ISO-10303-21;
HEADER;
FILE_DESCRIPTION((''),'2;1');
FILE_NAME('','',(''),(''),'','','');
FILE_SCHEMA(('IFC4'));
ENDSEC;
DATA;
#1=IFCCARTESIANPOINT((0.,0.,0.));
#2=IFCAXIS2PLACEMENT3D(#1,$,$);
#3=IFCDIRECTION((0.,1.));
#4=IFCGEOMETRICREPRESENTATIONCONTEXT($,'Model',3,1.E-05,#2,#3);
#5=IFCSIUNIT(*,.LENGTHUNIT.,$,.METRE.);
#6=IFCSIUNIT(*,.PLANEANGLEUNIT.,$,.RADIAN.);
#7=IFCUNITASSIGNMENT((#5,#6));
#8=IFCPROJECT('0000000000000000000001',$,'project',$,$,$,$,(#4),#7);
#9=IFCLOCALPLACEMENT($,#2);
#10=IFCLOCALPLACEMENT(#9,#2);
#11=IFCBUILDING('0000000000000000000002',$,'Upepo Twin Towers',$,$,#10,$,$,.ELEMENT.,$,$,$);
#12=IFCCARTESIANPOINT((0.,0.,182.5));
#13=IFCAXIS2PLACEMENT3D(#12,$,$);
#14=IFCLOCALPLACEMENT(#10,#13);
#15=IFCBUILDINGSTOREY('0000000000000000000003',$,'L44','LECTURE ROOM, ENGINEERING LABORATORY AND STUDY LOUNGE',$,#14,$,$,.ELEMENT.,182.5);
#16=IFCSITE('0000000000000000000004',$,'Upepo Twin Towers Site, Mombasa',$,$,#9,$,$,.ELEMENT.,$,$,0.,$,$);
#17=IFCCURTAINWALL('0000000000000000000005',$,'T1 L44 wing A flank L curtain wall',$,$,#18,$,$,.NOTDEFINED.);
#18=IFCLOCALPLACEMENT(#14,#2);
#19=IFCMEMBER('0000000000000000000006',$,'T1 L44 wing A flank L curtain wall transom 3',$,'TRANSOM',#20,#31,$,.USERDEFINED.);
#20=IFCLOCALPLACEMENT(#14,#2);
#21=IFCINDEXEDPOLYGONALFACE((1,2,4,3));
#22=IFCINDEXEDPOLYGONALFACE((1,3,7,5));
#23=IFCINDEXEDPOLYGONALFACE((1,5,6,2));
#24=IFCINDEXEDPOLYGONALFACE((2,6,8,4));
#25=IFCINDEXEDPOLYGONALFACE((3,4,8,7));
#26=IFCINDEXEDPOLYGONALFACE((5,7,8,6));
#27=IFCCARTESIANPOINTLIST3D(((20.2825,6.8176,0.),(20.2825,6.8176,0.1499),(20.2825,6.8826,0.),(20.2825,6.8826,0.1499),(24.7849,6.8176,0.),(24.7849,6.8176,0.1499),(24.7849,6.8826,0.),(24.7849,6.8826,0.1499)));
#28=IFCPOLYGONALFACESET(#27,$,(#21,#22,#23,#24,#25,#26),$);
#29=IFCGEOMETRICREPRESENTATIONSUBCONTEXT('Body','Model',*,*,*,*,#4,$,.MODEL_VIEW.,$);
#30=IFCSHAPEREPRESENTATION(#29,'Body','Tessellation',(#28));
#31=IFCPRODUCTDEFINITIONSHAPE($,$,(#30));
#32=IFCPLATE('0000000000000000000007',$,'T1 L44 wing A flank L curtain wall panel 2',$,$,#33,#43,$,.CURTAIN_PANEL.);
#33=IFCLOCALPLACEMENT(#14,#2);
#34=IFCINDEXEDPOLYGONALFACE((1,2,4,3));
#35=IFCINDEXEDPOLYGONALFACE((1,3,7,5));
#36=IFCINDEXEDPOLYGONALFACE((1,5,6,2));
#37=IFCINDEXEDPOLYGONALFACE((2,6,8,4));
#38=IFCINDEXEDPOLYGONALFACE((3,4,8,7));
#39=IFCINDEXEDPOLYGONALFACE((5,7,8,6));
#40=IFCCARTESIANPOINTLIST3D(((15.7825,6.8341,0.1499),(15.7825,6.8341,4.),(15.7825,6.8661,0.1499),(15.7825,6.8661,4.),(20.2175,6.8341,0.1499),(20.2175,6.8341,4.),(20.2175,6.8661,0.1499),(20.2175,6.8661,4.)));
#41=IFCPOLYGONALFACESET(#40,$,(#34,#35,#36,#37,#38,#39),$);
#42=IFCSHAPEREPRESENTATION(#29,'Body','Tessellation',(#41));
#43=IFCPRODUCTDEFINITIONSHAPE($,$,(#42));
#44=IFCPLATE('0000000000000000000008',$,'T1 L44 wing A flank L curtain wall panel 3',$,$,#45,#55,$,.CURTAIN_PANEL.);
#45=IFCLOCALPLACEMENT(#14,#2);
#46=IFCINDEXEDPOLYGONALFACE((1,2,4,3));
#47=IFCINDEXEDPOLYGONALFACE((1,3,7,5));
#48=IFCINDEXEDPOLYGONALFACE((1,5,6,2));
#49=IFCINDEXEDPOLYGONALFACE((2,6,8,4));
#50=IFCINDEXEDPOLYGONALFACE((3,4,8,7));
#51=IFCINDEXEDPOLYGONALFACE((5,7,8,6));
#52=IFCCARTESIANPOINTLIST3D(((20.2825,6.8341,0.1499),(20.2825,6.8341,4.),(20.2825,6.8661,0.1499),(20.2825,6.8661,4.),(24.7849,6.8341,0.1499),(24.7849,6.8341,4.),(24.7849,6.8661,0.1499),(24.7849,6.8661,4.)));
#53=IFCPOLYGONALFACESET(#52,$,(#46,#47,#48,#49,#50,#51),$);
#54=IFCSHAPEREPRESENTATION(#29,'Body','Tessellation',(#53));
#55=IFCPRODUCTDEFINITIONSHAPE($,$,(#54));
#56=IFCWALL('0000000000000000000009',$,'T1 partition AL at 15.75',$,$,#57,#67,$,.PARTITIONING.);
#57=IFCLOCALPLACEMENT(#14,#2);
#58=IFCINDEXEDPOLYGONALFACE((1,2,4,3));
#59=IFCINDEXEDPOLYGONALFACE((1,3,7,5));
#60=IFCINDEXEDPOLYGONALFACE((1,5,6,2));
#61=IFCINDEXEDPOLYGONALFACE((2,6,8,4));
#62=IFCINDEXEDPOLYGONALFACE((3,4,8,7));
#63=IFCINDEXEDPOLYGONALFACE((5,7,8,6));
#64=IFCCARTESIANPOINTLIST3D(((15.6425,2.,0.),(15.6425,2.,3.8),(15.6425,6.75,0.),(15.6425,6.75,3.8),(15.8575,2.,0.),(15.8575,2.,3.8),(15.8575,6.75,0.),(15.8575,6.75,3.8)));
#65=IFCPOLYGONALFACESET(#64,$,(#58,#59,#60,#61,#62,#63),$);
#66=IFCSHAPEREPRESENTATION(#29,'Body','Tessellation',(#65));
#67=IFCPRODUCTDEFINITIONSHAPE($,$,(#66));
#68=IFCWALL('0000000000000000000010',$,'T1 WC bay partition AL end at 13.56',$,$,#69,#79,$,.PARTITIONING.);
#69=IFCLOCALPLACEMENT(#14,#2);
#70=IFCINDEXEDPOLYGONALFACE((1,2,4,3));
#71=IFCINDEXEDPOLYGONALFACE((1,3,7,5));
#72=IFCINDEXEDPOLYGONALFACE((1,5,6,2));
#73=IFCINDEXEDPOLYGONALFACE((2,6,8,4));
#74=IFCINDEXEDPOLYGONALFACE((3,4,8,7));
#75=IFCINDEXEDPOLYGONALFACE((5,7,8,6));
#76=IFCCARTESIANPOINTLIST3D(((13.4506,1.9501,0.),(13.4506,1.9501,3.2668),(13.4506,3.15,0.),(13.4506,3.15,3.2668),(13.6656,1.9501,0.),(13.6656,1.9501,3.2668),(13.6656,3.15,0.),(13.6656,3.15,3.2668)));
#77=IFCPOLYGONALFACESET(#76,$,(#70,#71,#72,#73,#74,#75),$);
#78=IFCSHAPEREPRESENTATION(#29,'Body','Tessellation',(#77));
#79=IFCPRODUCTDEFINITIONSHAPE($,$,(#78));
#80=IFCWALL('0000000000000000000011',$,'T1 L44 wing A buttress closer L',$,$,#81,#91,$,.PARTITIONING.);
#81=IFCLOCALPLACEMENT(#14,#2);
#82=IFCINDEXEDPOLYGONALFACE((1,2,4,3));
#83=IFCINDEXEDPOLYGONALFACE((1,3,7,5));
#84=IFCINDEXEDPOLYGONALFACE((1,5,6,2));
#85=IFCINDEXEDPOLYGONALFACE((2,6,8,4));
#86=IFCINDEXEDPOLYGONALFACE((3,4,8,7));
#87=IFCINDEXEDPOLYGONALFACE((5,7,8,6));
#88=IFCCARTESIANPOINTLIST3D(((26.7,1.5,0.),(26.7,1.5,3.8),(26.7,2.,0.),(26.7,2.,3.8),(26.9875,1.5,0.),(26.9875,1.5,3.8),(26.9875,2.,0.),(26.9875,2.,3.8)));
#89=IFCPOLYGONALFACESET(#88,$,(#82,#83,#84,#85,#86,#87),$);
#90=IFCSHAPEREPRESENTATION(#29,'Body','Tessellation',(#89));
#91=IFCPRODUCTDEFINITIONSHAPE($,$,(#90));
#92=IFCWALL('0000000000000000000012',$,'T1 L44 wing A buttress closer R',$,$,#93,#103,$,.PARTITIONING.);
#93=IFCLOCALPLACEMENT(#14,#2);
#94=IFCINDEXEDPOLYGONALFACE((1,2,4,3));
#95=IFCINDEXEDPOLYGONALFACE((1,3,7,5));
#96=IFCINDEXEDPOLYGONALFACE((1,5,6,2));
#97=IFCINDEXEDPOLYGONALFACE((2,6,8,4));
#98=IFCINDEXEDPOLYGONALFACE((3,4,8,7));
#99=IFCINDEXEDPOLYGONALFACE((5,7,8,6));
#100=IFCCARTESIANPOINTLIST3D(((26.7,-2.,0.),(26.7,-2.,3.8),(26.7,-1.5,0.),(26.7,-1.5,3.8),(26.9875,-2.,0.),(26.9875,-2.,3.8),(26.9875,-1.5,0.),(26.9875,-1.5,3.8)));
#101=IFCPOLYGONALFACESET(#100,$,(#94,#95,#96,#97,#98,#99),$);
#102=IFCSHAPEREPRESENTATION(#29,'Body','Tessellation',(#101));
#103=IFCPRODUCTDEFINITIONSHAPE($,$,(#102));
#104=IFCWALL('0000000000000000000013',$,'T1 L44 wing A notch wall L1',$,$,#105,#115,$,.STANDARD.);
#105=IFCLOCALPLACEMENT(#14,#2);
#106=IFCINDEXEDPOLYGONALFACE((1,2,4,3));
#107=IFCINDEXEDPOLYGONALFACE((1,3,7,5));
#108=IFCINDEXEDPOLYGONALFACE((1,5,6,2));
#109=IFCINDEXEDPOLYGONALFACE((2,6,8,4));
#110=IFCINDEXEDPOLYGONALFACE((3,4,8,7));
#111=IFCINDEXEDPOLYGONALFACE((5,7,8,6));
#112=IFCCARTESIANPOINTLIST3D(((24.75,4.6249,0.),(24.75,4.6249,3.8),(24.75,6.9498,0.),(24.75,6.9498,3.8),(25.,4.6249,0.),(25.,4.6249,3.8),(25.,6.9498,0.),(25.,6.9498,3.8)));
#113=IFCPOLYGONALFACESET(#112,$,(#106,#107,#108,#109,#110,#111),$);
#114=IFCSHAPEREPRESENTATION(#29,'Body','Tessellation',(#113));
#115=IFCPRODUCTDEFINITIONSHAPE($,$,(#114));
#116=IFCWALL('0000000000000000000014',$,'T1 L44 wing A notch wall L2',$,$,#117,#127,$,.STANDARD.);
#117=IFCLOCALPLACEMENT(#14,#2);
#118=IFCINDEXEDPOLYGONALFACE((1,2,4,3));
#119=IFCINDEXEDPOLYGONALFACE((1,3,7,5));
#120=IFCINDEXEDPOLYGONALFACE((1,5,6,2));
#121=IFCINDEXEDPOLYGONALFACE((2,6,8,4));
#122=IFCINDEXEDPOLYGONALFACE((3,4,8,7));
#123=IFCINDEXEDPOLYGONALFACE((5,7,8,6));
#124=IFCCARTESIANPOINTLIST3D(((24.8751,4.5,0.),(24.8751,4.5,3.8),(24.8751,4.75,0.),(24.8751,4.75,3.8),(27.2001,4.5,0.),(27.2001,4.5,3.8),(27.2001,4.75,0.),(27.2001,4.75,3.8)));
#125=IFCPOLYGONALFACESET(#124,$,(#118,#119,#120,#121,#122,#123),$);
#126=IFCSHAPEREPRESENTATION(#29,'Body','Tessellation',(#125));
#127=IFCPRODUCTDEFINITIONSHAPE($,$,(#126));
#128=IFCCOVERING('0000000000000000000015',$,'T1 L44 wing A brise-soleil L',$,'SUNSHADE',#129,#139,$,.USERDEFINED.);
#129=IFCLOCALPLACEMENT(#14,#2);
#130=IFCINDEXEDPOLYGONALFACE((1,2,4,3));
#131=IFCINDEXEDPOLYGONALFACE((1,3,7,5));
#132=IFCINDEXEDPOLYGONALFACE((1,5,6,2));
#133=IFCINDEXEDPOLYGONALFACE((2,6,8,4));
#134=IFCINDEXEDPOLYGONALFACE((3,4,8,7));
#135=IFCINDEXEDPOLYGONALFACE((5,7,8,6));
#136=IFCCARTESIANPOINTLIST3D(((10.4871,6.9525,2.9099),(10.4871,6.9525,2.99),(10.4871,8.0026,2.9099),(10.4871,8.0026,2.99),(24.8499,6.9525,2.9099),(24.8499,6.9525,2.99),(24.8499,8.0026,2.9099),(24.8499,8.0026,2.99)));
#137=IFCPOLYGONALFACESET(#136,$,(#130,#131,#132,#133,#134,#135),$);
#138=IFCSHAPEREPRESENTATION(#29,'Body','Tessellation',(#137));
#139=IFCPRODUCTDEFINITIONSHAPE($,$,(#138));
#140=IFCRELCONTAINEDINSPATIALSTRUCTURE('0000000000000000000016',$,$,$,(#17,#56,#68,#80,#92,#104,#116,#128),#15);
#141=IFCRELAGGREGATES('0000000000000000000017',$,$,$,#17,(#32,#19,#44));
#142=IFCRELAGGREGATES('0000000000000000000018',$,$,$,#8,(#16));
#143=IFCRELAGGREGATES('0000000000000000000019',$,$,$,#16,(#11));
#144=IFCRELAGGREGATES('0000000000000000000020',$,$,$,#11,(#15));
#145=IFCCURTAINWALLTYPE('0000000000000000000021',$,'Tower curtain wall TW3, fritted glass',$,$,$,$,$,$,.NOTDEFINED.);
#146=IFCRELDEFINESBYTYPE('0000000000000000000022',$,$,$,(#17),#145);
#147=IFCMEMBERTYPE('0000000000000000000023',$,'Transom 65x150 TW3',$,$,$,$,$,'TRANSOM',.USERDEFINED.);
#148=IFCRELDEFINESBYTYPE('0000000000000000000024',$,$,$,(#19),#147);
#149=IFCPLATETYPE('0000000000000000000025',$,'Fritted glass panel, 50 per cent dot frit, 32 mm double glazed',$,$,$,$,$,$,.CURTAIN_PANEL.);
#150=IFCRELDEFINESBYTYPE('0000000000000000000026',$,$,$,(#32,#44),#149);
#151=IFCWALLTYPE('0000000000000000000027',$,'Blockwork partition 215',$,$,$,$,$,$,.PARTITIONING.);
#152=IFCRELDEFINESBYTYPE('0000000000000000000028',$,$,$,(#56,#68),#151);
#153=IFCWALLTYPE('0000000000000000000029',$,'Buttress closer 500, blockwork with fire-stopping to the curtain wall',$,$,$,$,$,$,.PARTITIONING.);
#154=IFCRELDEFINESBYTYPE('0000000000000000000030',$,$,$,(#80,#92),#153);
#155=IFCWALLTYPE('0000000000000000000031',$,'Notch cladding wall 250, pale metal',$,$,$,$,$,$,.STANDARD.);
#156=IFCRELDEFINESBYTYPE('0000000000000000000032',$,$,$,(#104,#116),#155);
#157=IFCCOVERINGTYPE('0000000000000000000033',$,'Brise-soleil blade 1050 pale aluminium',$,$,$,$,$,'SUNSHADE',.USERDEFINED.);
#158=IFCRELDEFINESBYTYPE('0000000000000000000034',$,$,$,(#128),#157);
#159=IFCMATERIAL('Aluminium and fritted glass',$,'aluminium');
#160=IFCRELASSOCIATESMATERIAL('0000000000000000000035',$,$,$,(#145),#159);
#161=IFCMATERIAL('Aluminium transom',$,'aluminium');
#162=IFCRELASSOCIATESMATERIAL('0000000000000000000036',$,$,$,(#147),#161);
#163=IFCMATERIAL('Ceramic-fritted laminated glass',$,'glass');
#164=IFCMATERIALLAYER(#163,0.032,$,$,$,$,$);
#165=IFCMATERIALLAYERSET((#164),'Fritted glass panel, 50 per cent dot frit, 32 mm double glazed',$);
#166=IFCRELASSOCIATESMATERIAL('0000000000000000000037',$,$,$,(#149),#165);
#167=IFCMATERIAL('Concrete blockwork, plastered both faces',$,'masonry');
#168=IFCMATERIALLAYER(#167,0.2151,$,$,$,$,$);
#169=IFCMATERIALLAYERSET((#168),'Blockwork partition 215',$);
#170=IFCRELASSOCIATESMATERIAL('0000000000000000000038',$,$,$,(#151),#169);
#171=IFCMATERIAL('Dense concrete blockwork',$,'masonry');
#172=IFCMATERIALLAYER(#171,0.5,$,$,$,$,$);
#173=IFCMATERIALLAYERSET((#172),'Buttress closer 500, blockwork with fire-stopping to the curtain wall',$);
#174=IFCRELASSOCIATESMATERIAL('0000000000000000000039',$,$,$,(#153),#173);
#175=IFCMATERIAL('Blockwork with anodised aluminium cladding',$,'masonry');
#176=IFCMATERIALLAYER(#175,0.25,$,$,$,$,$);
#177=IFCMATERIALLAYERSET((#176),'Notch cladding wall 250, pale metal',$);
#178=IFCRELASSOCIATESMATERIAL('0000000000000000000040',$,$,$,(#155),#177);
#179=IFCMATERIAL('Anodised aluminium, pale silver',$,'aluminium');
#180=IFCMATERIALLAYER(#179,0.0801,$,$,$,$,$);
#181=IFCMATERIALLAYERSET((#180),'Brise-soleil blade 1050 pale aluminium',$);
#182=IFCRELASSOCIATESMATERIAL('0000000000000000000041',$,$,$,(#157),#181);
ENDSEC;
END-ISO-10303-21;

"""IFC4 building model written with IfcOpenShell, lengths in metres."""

from ifc_helpers import new_model, si_unit, direction, frame, frame_2d, origin, origin_2d, place, context, subcontext, project, spatial, rectangle, extrude, material, layer, layer_set, material_profile, profile_set, type_object, element, aggregate, save


model = new_model("IFC4")

# Units and contexts
model_context = context("Model", 3, precision=1e-05, world=origin(), true_north=direction((0.0, 1.0)))
body_context = subcontext(model_context, "Body", "Model", "MODEL_VIEW")
ifc_project = project(units=[si_unit("LENGTHUNIT", "METRE"), si_unit("PLANEANGLEUNIT", "RADIAN")], contexts=[model_context])

# Site, building, storey
site_placement = place(None, origin())
site = spatial("IfcSite", under=ifc_project, at=site_placement, Name="Upepo Twin Towers Site, Mombasa", CompositionType="ELEMENT", RefElevation=0.0)
building_placement = place(site_placement, origin())
building = spatial("IfcBuilding", under=site, at=building_placement, Name="Upepo Twin Towers", CompositionType="ELEMENT")
storey_placement = place(building_placement, frame((0.0, 0.0, 182.5)))
storey = spatial("IfcBuildingStorey", under=building, at=storey_placement, Name="L44", Description="LECTURE ROOM, ENGINEERING LABORATORY AND STUDY LOUNGE", CompositionType="ELEMENT", Elevation=182.5)

# Curtain wall
ifc_material_1 = material(Name="Aluminium and fritted glass", Category="aluminium")
curtain_wall_type = type_object("IfcCurtainWallType", Name="Tower curtain wall TW3, fritted glass", PredefinedType="NOTDEFINED", material=ifc_material_1)
curtain_wall_1_placement = place(storey_placement, origin())
curtain_wall_1 = element("IfcCurtainWall", 1, at=curtain_wall_1_placement, inside=storey, type_object=curtain_wall_type, Name="T1 L44 wing A flank L curtain wall", PredefinedType="NOTDEFINED")

# Member
ifc_material_2 = material(Name="Aluminium transom", Category="aluminium")
ifc_material_profile_1 = material_profile(ifc_material_2, rectangle(XDim=0.0649, YDim=0.1499, at=origin_2d()), Name="TRANSOM 65x150")
ifc_profile_set_1 = profile_set([ifc_material_profile_1], Name="Aluminium transom")
member_type_1 = type_object("IfcMemberType", Name="Transom 65x150 TW3", ElementType="TRANSOM", PredefinedType="USERDEFINED", material=ifc_profile_set_1)
member_1_placement = place(storey_placement, frame((20.2825, 6.8501, 0.075), z_axis=(1.0, 0.0, 0.0), x_axis=(0.0, 1.0, 0.0)))
member_1 = element("IfcMember", 2, at=member_1_placement, type_object=member_type_1, Name="T1 L44 wing A flank L curtain wall transom 3", ObjectType="TRANSOM", PredefinedType="USERDEFINED", context=body_context, shape_type="SweptSolid", body=[
    extrude(rectangle(XDim=0.0649, YDim=0.1499, at=origin_2d()), origin(), (0.0, 0.0, 1.0), 4.5024),
])

# Plates
ifc_material_3 = material(Name="Ceramic-fritted laminated glass", Category="glass")
ifc_layer_1 = layer(ifc_material_3, 0.032)
ifc_layer_set_1 = layer_set([ifc_layer_1], Name="Fritted glass panel, 50 per cent dot frit, 32 mm double glazed")
plate_type = type_object("IfcPlateType", Name="Fritted glass panel, 50 per cent dot frit, 32 mm double glazed", PredefinedType="CURTAIN_PANEL", material=ifc_layer_set_1)
plate_1_placement = place(storey_placement, frame((18.0, 6.8501, 0.1499), z_axis=(0.0, 0.0, 1.0), x_axis=(1.0, 0.0, 0.0)))
plate_1 = element("IfcPlate", 3, at=plate_1_placement, type_object=plate_type, Name="T1 L44 wing A flank L curtain wall panel 2", PredefinedType="CURTAIN_PANEL", context=body_context, shape_type="SweptSolid", body=[
    extrude(rectangle(XDim=4.4351, YDim=0.032, at=origin_2d()), origin(), (0.0, 0.0, 1.0), 3.8501),
])
plate_2_placement = place(storey_placement, frame((22.5337, 6.8501, 0.1499), z_axis=(0.0, 0.0, 1.0), x_axis=(1.0, 0.0, 0.0)))
plate_2 = element("IfcPlate", 4, at=plate_2_placement, type_object=plate_type, Name="T1 L44 wing A flank L curtain wall panel 3", PredefinedType="CURTAIN_PANEL", context=body_context, shape_type="SweptSolid", body=[
    extrude(rectangle(XDim=4.5024, YDim=0.032, at=origin_2d()), origin(), (0.0, 0.0, 1.0), 3.8501),
])
aggregate(curtain_wall_1, [plate_1, member_1, plate_2])

# Walls
ifc_material_4 = material(Name="Concrete blockwork, plastered both faces", Category="masonry")
ifc_layer_2 = layer(ifc_material_4, 0.2151)
ifc_layer_set_2 = layer_set([ifc_layer_2], Name="Blockwork partition 215")
wall_type_1 = type_object("IfcWallType", Name="Blockwork partition 215", PredefinedType="PARTITIONING", material=ifc_layer_set_2)
wall_1_placement = place(storey_placement, frame((15.75, 2.0, 0.0), z_axis=(0.0, 0.0, 1.0), x_axis=(0.0, 1.0, 0.0)))
element("IfcWall", 5, at=wall_1_placement, inside=storey, type_object=wall_type_1, Name="T1 partition AL at 15.75", PredefinedType="PARTITIONING", context=body_context, shape_type="SweptSolid", body=[
    extrude(rectangle(XDim=4.75, YDim=0.2151, at=frame_2d((2.375, 0.0))), origin(), (0.0, 0.0, 1.0), 3.8),
])
wall_2_placement = place(storey_placement, frame((13.5581, 1.95, 0.0), z_axis=(0.0, 0.0, 1.0), x_axis=(0.0, 1.0, 0.0)))
element("IfcWall", 6, at=wall_2_placement, inside=storey, type_object=wall_type_1, Name="T1 WC bay partition AL end at 13.56", PredefinedType="PARTITIONING", context=body_context, shape_type="SweptSolid", body=[
    extrude(rectangle(XDim=1.2, YDim=0.2151, at=frame_2d((0.6001, 0.0))), origin(), (0.0, 0.0, 1.0), 3.2668),
])
ifc_material_5 = material(Name="Dense concrete blockwork", Category="masonry")
ifc_layer_3 = layer(ifc_material_5, 0.5)
ifc_layer_set_3 = layer_set([ifc_layer_3], Name="Buttress closer 500, blockwork with fire-stopping to the curtain wall")
wall_type_2 = type_object("IfcWallType", Name="Buttress closer 500, blockwork with fire-stopping to the curtain wall", PredefinedType="PARTITIONING", material=ifc_layer_set_3)
for number, where, z_axis, x_axis, name in (
    (7, (26.7, 1.75, 0.0), (0.0, 0.0, 1.0), (1.0, 0.0, 0.0), "T1 L44 wing A buttress closer L"),
    (8, (26.7, -1.75, 0.0), (0.0, 0.0, 1.0), (1.0, 0.0, 0.0), "T1 L44 wing A buttress closer R"),
):
    element("IfcWall", number, at=place(storey_placement, frame(where, z_axis=z_axis, x_axis=x_axis)), inside=storey, type_object=wall_type_2, Name=name, PredefinedType="PARTITIONING", context=body_context, shape_type="SweptSolid", body=[
        extrude(rectangle(XDim=0.2876, YDim=0.5, at=frame_2d((0.1438, 0.0))), origin(), (0.0, 0.0, 1.0), 3.8),
    ])
ifc_material_6 = material(Name="Blockwork with anodised aluminium cladding", Category="masonry")
ifc_layer_4 = layer(ifc_material_6, 0.25)
ifc_layer_set_4 = layer_set([ifc_layer_4], Name="Notch cladding wall 250, pale metal")
wall_type_3 = type_object("IfcWallType", Name="Notch cladding wall 250, pale metal", PredefinedType="STANDARD", material=ifc_layer_set_4)
for number, where, z_axis, x_axis, name in (
    (9, (24.875, 6.95, 0.0), (0.0, 0.0, 1.0), (0.0, -1.0, 0.0), "T1 L44 wing A notch wall L1"),
    (10, (24.875, 4.625, 0.0), (0.0, 0.0, 1.0), (1.0, 0.0, 0.0), "T1 L44 wing A notch wall L2"),
):
    element("IfcWall", number, at=place(storey_placement, frame(where, z_axis=z_axis, x_axis=x_axis)), inside=storey, type_object=wall_type_3, Name=name, PredefinedType="STANDARD", context=body_context, shape_type="SweptSolid", body=[
        extrude(rectangle(XDim=2.325, YDim=0.25, at=frame_2d((1.1626, 0.0))), origin(), (0.0, 0.0, 1.0), 3.8),
    ])

# Covering
ifc_material_7 = material(Name="Anodised aluminium, pale silver", Category="aluminium")
ifc_layer_5 = layer(ifc_material_7, 0.0801)
ifc_layer_set_5 = layer_set([ifc_layer_5], Name="Brise-soleil blade 1050 pale aluminium")
covering_type = type_object("IfcCoveringType", Name="Brise-soleil blade 1050 pale aluminium", ElementType="SUNSHADE", PredefinedType="USERDEFINED", material=ifc_layer_set_5)
covering_placement = place(storey_placement, frame((17.6685, 7.4775, 2.9099), z_axis=(0.0, 0.0, 1.0), x_axis=(1.0, 0.0, 0.0)))
element("IfcCovering", 11, at=covering_placement, inside=storey, type_object=covering_type, Name="T1 L44 wing A brise-soleil L", ObjectType="SUNSHADE", PredefinedType="USERDEFINED", context=body_context, shape_type="SweptSolid", body=[
    extrude(rectangle(XDim=14.3628, YDim=1.05, at=origin_2d()), origin(), (0.0, 0.0, 1.0), 0.0801),
])

save(model, "model.ifc")
